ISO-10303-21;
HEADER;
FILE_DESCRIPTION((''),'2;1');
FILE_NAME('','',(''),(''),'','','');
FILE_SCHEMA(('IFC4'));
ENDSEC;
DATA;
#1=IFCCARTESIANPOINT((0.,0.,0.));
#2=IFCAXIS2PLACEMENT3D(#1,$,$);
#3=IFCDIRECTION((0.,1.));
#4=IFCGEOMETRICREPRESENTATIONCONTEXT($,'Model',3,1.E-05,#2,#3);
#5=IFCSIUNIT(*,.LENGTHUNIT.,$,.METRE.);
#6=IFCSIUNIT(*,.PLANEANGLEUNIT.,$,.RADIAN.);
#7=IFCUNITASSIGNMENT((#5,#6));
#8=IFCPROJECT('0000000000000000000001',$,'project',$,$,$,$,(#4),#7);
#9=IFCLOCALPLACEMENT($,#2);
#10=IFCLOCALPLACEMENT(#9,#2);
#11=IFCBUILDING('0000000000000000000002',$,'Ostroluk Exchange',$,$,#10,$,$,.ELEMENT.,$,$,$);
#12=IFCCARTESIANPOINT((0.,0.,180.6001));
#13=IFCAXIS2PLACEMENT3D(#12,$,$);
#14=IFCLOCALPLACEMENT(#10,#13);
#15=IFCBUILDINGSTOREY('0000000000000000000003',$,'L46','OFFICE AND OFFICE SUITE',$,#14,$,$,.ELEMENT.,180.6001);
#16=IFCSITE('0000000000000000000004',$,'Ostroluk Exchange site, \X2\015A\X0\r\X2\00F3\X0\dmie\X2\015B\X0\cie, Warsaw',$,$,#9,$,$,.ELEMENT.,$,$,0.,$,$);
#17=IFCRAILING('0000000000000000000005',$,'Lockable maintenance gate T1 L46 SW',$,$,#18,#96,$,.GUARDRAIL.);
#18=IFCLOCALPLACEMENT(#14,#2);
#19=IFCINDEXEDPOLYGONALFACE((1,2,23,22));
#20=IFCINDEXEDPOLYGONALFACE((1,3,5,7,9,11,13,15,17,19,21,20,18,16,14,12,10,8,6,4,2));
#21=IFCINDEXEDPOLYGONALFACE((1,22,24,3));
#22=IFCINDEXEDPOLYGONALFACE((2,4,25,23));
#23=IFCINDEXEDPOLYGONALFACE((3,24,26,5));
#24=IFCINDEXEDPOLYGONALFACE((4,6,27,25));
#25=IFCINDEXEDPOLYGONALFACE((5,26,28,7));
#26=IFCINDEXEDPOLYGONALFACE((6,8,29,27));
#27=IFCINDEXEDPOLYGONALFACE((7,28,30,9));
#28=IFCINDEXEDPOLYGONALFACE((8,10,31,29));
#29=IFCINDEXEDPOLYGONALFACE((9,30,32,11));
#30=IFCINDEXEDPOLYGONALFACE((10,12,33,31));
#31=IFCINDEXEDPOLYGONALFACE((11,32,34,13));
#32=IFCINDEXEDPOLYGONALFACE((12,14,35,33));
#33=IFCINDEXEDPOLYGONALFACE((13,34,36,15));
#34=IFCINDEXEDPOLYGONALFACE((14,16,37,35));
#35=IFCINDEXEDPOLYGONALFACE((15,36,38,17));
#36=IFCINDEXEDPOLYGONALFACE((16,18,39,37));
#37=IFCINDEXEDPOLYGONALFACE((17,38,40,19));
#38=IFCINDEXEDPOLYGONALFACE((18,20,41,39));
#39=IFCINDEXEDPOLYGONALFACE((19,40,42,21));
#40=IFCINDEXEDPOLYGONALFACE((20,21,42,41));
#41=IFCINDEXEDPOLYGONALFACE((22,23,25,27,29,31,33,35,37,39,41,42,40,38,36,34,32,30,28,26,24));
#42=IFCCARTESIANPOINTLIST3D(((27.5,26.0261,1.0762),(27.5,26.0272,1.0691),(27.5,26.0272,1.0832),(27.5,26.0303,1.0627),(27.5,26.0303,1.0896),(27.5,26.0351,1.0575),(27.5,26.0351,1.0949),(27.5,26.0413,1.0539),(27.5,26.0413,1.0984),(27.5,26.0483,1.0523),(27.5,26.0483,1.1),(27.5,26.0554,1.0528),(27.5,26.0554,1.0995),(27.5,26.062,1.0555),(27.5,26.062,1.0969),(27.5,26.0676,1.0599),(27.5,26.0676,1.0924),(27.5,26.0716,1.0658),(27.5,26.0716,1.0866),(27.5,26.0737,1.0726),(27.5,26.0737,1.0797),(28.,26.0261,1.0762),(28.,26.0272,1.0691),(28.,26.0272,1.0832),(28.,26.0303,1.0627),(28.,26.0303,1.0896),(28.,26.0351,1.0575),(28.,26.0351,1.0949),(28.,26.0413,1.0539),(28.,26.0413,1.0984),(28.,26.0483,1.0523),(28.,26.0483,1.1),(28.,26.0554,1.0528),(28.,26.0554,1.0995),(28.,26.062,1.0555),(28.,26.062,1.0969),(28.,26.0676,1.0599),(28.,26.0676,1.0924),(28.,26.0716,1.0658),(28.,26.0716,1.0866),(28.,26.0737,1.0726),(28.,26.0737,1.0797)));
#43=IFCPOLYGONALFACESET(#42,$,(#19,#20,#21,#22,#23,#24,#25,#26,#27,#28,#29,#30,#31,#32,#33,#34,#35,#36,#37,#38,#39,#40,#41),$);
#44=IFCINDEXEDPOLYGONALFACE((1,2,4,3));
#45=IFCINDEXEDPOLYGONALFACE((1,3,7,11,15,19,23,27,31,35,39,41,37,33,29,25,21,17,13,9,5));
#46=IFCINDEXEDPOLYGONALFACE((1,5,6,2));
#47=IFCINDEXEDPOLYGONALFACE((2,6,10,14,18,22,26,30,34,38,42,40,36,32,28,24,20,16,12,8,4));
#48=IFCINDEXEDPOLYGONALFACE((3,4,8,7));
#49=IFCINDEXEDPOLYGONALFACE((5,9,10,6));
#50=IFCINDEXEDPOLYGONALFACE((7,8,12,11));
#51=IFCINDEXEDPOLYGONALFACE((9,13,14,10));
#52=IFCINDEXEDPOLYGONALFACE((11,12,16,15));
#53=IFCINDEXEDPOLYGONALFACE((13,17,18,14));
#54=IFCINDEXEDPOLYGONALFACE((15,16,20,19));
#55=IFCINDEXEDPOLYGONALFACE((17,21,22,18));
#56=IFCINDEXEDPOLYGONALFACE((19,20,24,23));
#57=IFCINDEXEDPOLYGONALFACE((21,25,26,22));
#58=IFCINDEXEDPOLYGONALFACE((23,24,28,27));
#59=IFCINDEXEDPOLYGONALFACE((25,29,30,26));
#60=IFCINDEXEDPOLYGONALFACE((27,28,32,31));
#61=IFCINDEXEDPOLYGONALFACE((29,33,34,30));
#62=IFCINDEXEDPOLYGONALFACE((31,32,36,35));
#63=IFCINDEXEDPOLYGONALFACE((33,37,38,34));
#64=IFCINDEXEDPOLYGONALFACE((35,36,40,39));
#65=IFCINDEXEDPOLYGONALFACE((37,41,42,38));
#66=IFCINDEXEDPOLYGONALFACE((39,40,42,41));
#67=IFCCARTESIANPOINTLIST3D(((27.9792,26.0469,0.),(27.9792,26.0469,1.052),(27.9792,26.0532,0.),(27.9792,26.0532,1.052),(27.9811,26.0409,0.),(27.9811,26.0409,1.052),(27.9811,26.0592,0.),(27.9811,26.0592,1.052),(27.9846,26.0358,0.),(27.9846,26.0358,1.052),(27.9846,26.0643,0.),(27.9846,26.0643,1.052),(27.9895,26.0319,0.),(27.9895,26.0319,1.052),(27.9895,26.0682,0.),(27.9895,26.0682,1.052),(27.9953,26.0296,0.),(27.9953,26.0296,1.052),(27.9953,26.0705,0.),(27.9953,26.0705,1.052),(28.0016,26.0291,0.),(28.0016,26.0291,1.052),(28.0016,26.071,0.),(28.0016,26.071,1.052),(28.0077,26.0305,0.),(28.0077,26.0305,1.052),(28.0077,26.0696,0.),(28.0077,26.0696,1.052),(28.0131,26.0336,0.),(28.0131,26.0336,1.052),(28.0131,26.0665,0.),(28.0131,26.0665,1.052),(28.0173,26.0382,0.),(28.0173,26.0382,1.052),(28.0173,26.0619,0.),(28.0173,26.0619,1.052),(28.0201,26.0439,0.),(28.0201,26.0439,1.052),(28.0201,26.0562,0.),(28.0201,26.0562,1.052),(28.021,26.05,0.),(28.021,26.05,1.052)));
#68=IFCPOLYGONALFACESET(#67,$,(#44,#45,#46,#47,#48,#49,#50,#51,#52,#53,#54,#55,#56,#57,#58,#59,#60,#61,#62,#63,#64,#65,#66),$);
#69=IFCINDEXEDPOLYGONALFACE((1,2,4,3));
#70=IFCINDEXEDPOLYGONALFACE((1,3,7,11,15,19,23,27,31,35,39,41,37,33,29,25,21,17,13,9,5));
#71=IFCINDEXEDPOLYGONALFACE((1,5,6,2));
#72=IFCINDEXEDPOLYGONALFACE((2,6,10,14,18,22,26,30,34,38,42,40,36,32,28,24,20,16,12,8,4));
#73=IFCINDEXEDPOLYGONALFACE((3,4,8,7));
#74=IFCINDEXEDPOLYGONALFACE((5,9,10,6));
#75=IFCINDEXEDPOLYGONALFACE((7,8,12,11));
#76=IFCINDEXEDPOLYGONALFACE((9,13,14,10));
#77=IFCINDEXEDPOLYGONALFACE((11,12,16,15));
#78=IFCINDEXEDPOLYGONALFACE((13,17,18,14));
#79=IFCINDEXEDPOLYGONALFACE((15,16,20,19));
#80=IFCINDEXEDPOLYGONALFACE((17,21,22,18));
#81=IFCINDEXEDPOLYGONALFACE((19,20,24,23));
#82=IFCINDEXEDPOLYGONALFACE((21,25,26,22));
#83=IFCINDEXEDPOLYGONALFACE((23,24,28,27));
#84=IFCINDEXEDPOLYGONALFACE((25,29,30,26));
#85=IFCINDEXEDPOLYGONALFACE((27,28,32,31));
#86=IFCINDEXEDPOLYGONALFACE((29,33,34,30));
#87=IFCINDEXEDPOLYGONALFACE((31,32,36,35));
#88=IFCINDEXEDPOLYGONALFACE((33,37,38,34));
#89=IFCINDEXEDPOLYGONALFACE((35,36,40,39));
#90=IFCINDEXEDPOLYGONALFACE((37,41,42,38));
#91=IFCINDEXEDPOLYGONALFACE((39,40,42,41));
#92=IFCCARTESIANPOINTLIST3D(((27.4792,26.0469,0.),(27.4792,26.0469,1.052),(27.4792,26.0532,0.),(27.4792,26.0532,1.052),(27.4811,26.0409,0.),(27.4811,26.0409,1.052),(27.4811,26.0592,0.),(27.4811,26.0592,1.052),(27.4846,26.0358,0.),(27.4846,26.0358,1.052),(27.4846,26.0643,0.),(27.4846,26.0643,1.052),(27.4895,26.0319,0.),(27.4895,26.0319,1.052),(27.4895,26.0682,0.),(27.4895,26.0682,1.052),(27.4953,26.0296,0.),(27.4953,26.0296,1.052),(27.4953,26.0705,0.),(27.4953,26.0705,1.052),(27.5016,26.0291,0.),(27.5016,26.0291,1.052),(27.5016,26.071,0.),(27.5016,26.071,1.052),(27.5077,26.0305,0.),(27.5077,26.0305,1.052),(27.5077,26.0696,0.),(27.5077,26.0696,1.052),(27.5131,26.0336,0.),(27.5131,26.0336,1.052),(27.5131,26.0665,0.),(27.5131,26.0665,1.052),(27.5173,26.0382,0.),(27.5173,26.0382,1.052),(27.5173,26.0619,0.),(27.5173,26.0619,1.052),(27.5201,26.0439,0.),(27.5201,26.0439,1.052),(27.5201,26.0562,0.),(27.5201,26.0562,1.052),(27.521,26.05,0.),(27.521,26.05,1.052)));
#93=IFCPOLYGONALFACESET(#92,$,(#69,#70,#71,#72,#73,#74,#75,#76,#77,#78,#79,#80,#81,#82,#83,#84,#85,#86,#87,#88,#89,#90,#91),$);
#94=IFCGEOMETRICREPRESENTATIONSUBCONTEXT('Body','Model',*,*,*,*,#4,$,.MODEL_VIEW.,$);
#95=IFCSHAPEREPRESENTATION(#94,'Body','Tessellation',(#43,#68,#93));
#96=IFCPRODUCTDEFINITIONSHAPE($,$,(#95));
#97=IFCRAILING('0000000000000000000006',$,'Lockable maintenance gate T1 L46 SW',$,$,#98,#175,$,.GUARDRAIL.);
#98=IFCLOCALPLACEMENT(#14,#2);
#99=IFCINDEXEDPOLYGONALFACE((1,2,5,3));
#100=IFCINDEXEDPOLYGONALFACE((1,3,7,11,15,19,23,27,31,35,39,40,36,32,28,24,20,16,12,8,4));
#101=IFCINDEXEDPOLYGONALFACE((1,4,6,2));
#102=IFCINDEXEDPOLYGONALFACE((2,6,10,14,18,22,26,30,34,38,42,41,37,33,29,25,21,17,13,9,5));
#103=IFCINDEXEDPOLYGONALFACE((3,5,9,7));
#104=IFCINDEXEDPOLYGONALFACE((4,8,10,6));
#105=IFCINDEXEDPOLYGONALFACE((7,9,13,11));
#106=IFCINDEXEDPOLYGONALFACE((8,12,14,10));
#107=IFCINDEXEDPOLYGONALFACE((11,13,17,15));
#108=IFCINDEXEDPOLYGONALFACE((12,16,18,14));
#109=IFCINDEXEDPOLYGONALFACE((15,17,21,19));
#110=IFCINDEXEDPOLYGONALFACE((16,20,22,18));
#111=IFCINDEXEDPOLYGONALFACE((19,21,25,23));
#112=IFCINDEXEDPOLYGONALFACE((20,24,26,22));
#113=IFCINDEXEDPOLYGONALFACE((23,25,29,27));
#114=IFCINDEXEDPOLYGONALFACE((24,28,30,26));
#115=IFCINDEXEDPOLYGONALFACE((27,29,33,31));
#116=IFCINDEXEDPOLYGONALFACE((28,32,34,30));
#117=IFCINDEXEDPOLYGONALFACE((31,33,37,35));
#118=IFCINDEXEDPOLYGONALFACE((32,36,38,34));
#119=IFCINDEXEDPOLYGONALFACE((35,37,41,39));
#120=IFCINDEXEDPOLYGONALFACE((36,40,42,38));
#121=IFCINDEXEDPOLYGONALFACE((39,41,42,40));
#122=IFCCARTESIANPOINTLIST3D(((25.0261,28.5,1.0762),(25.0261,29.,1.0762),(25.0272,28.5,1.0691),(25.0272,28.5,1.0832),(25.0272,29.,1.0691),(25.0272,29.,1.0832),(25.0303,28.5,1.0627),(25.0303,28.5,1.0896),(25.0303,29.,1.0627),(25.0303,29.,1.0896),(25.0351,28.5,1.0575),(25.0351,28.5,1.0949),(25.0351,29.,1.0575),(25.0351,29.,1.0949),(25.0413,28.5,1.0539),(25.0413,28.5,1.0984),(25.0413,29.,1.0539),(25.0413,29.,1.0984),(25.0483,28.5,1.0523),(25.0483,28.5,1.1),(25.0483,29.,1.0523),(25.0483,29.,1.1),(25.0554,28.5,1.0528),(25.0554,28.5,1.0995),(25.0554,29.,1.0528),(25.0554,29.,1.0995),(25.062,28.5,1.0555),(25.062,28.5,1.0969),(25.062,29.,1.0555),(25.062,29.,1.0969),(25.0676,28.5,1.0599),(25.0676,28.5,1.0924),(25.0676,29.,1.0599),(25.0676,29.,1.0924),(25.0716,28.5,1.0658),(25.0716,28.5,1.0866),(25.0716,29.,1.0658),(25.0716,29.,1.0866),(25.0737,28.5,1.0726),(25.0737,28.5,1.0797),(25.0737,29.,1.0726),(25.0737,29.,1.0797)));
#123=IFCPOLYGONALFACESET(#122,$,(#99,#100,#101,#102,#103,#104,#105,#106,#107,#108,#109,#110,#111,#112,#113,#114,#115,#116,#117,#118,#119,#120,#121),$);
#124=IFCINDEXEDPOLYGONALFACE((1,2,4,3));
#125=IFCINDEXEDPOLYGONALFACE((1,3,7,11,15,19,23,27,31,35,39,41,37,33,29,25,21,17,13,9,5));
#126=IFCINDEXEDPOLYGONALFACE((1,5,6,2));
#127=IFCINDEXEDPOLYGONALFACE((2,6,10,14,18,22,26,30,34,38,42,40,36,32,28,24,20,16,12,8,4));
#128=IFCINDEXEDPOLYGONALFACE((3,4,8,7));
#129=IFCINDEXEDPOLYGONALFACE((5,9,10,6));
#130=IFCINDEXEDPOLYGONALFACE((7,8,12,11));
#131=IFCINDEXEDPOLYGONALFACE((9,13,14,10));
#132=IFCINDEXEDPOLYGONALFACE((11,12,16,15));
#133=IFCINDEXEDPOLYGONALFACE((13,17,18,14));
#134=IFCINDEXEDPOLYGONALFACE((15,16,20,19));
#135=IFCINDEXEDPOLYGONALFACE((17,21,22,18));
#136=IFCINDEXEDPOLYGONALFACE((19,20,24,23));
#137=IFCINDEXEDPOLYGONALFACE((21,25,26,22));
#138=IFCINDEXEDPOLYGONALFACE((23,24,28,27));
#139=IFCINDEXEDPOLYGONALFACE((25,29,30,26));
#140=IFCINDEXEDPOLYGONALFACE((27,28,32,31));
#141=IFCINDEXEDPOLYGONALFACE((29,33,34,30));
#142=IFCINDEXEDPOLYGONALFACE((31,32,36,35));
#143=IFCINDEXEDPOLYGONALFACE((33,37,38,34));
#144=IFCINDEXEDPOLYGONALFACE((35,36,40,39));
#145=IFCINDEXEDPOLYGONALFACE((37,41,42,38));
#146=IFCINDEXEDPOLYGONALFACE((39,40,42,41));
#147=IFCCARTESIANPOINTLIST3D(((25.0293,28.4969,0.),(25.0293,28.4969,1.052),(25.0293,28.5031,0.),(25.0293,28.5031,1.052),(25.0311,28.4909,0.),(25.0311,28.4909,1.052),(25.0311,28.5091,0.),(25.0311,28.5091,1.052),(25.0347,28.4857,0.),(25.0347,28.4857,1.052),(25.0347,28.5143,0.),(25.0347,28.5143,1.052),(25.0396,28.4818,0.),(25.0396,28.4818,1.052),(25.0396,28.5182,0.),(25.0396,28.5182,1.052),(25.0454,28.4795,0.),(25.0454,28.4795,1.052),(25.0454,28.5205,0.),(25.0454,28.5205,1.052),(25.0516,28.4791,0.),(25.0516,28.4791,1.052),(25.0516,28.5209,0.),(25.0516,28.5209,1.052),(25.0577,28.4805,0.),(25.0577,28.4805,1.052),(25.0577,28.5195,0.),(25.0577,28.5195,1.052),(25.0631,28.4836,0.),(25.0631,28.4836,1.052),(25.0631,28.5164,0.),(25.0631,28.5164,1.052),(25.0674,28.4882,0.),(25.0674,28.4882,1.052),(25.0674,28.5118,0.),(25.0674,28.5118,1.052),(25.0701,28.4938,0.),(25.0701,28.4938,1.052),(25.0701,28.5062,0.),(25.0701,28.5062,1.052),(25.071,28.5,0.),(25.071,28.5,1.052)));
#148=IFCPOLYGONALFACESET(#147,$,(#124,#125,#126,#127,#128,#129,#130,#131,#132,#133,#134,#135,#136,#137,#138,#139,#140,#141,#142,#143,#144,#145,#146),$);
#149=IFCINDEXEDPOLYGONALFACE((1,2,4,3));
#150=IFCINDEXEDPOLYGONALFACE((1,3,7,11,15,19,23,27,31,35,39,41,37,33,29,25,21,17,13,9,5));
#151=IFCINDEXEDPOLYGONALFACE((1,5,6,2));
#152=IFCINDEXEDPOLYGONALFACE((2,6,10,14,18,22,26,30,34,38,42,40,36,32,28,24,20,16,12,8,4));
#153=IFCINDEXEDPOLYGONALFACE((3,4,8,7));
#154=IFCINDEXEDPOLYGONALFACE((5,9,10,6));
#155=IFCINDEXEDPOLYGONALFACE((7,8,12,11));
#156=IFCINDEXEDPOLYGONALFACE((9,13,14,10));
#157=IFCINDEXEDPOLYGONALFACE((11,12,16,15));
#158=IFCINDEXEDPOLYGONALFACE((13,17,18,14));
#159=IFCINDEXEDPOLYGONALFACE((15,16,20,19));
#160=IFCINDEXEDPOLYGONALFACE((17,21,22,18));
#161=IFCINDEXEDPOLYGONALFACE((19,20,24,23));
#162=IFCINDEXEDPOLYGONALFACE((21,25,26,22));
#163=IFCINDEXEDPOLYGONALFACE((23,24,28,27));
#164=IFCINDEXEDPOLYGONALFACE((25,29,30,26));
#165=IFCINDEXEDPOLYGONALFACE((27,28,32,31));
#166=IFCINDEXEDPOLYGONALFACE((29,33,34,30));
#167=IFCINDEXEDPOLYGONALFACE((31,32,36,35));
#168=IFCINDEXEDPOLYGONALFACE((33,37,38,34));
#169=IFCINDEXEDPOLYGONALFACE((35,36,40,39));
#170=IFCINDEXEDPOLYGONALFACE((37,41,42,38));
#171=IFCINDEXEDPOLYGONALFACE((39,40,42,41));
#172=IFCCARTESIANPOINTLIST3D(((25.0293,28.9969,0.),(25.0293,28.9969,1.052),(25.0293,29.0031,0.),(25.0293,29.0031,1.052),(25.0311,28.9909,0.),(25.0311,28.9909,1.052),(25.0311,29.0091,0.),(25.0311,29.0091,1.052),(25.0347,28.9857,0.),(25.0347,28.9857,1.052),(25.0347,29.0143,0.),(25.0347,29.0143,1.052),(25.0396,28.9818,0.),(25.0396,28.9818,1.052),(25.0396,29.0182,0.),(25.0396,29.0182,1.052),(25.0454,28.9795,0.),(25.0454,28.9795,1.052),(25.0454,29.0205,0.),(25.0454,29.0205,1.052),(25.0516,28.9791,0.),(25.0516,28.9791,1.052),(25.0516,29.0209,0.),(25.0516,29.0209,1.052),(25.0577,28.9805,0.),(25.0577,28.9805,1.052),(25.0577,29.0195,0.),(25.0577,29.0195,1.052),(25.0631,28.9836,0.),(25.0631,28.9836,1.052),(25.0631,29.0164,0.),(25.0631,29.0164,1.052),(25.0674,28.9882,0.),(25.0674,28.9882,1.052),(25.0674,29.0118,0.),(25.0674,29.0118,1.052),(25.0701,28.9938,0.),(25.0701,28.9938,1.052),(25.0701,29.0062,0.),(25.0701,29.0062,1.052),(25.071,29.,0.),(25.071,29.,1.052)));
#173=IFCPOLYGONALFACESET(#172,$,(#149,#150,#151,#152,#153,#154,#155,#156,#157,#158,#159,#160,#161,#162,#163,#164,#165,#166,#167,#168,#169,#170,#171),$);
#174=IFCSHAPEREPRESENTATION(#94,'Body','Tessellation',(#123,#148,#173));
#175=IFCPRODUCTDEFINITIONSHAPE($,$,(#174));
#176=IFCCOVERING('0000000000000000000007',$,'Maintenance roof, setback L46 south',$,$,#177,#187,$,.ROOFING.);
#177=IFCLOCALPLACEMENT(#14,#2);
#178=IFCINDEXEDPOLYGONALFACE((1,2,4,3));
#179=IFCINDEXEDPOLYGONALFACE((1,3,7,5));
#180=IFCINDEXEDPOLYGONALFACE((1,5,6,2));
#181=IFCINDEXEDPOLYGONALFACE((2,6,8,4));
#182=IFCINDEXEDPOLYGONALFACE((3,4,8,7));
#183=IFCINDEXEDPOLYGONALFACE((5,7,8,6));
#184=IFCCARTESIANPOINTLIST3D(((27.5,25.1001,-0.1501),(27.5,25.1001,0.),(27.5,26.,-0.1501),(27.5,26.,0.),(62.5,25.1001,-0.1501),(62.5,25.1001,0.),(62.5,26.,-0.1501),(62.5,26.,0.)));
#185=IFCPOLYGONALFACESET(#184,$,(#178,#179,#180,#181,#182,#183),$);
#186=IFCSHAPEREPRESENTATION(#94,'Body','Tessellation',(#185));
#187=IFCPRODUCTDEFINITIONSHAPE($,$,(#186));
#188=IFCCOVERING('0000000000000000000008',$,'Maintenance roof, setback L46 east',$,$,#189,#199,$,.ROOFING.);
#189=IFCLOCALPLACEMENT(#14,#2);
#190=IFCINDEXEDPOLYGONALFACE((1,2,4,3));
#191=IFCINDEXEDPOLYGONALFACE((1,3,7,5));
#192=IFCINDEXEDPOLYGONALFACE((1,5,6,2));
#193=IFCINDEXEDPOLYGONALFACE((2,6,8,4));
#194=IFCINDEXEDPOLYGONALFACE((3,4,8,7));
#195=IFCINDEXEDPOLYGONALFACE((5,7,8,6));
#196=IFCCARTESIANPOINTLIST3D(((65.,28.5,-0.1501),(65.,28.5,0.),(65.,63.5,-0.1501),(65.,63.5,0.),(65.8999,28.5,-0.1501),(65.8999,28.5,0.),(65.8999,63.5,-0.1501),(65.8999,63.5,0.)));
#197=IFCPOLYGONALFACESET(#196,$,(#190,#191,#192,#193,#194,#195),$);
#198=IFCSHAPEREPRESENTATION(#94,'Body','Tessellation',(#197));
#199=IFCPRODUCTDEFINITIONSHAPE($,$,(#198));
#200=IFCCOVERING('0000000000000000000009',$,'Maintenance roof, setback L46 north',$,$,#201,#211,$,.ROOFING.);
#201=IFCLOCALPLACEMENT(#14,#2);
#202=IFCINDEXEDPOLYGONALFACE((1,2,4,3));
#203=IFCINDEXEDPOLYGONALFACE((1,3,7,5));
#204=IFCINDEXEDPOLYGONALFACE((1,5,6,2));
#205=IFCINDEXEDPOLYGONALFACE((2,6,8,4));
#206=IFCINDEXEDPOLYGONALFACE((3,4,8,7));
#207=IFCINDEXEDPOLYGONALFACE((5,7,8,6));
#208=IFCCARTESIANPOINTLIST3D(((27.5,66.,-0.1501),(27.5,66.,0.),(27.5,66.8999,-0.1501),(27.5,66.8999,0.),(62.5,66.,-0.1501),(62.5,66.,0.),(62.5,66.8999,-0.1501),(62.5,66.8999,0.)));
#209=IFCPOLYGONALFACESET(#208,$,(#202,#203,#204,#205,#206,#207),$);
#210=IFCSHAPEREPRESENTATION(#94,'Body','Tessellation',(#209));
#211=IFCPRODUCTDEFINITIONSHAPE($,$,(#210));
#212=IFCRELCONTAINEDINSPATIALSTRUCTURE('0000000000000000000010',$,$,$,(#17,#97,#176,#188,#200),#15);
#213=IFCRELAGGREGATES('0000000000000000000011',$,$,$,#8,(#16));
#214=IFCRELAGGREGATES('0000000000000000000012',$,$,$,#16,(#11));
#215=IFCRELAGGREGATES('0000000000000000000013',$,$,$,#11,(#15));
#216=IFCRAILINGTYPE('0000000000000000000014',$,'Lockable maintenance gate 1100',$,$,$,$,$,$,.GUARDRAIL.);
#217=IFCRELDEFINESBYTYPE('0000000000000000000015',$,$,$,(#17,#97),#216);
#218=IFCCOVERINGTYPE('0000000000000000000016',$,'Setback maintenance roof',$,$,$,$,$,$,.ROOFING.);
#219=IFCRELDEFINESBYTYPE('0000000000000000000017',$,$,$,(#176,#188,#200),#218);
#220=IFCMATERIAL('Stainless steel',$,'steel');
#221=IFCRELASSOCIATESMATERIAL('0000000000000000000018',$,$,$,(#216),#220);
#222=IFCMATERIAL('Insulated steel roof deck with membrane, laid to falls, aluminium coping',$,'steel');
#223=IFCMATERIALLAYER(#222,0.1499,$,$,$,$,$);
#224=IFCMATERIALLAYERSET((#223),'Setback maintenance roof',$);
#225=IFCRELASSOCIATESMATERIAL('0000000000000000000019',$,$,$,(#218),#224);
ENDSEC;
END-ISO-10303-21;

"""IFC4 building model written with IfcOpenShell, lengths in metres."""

from ifc_helpers import new_model, si_unit, direction, frame, origin, origin_2d, place, context, subcontext, project, spatial, polyline, circle, outline, extrude, material, layer, layer_set, type_object, element, save


model = new_model("IFC4")

# Units and contexts
model_context = context("Model", 3, precision=1e-05, world=origin(), true_north=direction((0.0, 1.0)))
body_context = subcontext(model_context, "Body", "Model", "MODEL_VIEW")
ifc_project = project(units=[si_unit("LENGTHUNIT", "METRE"), si_unit("PLANEANGLEUNIT", "RADIAN")], contexts=[model_context])

# Site, building, storey
site_placement = place(None, origin())
site = spatial("IfcSite", under=ifc_project, at=site_placement, Name="Ostroluk Exchange site, Śródmieście, Warsaw", CompositionType="ELEMENT", RefElevation=0.0)
building_placement = place(site_placement, origin())
building = spatial("IfcBuilding", under=site, at=building_placement, Name="Ostroluk Exchange", CompositionType="ELEMENT")
storey_placement = place(building_placement, frame((0.0, 0.0, 180.6001)))
storey = spatial("IfcBuildingStorey", under=building, at=storey_placement, Name="L46", Description="OFFICE AND OFFICE SUITE", CompositionType="ELEMENT", Elevation=180.6001)

# Railings
ifc_material_1 = material(Name="Stainless steel", Category="steel")
railing_type_1 = type_object("IfcRailingType", Name="Lockable maintenance gate 1100", PredefinedType="GUARDRAIL", material=ifc_material_1)
railing_1_placement = place(storey_placement, frame((28.0, 26.05, 0.0)))
element("IfcRailing", 1, at=railing_1_placement, inside=storey, type_object=railing_type_1, Name="Lockable maintenance gate T1 L46 SW", PredefinedType="GUARDRAIL", context=body_context, shape_type="SweptSolid", body=[
    extrude(circle(Radius=0.0239, at=origin_2d()), frame((0.0, 0.0, 1.0762), z_axis=(-1.0, 0.0, 0.0), x_axis=(0.0, -1.0, 0.0)), (0.0, 0.0, 1.0), 0.5),
    extrude(circle(Radius=0.021, at=origin_2d()), origin(), (0.0, 0.0, 1.0), 1.052),
    extrude(circle(Radius=0.021, at=origin_2d()), frame((-0.5, 0.0, 0.0)), (0.0, 0.0, 1.0), 1.052),
])
railing_2_placement = place(storey_placement, frame((25.05, 28.5, 0.0)))
element("IfcRailing", 2, at=railing_2_placement, inside=storey, type_object=railing_type_1, Name="Lockable maintenance gate T1 L46 SW", PredefinedType="GUARDRAIL", context=body_context, shape_type="SweptSolid", body=[
    extrude(circle(Radius=0.0239, at=origin_2d()), frame((0.0, 0.0, 1.0762), z_axis=(0.0, 1.0, 0.0), x_axis=(-1.0, 0.0, 0.0)), (0.0, 0.0, 1.0), 0.5),
    extrude(circle(Radius=0.021, at=origin_2d()), origin(), (0.0, 0.0, 1.0), 1.052),
    extrude(circle(Radius=0.021, at=origin_2d()), frame((0.0, 0.5, 0.0)), (0.0, 0.0, 1.0), 1.052),
])

# Coverings
ifc_material_2 = material(Name="Insulated steel roof deck with membrane, laid to falls, aluminium coping", Category="steel")
ifc_layer_1 = layer(ifc_material_2, 0.1499)
ifc_layer_set_1 = layer_set([ifc_layer_1], Name="Setback maintenance roof")
covering_type = type_object("IfcCoveringType", Name="Setback maintenance roof", PredefinedType="ROOFING", material=ifc_layer_set_1)
covering_1_placement = place(storey_placement, frame((0.0, 0.0, -0.1501)))
element("IfcCovering", 3, at=covering_1_placement, inside=storey, type_object=covering_type, Name="Maintenance roof, setback L46 south", PredefinedType="ROOFING", context=body_context, shape_type="SweptSolid", body=[
    extrude(outline(polyline([(27.5, 26.0), (62.5, 26.0), (62.5, 25.1001), (27.5, 25.1001), (27.5, 26.0)])), origin(), (0.0, 0.0, 1.0), 0.1501),
])
covering_2_placement = place(storey_placement, frame((0.0, 0.0, -0.1501)))
element("IfcCovering", 4, at=covering_2_placement, inside=storey, type_object=covering_type, Name="Maintenance roof, setback L46 east", PredefinedType="ROOFING", context=body_context, shape_type="SweptSolid", body=[
    extrude(outline(polyline([(65.0, 63.5), (65.8999, 63.5), (65.8999, 28.5), (65.0, 28.5), (65.0, 63.5)])), origin(), (0.0, 0.0, 1.0), 0.1501),
])
covering_3_placement = place(storey_placement, frame((0.0, 0.0, -0.1501)))
element("IfcCovering", 5, at=covering_3_placement, inside=storey, type_object=covering_type, Name="Maintenance roof, setback L46 north", PredefinedType="ROOFING", context=body_context, shape_type="SweptSolid", body=[
    extrude(outline(polyline([(27.5, 66.8999), (62.5, 66.8999), (62.5, 66.0), (27.5, 66.0), (27.5, 66.8999)])), origin(), (0.0, 0.0, 1.0), 0.1501),
])

save(model, "model.ifc")
